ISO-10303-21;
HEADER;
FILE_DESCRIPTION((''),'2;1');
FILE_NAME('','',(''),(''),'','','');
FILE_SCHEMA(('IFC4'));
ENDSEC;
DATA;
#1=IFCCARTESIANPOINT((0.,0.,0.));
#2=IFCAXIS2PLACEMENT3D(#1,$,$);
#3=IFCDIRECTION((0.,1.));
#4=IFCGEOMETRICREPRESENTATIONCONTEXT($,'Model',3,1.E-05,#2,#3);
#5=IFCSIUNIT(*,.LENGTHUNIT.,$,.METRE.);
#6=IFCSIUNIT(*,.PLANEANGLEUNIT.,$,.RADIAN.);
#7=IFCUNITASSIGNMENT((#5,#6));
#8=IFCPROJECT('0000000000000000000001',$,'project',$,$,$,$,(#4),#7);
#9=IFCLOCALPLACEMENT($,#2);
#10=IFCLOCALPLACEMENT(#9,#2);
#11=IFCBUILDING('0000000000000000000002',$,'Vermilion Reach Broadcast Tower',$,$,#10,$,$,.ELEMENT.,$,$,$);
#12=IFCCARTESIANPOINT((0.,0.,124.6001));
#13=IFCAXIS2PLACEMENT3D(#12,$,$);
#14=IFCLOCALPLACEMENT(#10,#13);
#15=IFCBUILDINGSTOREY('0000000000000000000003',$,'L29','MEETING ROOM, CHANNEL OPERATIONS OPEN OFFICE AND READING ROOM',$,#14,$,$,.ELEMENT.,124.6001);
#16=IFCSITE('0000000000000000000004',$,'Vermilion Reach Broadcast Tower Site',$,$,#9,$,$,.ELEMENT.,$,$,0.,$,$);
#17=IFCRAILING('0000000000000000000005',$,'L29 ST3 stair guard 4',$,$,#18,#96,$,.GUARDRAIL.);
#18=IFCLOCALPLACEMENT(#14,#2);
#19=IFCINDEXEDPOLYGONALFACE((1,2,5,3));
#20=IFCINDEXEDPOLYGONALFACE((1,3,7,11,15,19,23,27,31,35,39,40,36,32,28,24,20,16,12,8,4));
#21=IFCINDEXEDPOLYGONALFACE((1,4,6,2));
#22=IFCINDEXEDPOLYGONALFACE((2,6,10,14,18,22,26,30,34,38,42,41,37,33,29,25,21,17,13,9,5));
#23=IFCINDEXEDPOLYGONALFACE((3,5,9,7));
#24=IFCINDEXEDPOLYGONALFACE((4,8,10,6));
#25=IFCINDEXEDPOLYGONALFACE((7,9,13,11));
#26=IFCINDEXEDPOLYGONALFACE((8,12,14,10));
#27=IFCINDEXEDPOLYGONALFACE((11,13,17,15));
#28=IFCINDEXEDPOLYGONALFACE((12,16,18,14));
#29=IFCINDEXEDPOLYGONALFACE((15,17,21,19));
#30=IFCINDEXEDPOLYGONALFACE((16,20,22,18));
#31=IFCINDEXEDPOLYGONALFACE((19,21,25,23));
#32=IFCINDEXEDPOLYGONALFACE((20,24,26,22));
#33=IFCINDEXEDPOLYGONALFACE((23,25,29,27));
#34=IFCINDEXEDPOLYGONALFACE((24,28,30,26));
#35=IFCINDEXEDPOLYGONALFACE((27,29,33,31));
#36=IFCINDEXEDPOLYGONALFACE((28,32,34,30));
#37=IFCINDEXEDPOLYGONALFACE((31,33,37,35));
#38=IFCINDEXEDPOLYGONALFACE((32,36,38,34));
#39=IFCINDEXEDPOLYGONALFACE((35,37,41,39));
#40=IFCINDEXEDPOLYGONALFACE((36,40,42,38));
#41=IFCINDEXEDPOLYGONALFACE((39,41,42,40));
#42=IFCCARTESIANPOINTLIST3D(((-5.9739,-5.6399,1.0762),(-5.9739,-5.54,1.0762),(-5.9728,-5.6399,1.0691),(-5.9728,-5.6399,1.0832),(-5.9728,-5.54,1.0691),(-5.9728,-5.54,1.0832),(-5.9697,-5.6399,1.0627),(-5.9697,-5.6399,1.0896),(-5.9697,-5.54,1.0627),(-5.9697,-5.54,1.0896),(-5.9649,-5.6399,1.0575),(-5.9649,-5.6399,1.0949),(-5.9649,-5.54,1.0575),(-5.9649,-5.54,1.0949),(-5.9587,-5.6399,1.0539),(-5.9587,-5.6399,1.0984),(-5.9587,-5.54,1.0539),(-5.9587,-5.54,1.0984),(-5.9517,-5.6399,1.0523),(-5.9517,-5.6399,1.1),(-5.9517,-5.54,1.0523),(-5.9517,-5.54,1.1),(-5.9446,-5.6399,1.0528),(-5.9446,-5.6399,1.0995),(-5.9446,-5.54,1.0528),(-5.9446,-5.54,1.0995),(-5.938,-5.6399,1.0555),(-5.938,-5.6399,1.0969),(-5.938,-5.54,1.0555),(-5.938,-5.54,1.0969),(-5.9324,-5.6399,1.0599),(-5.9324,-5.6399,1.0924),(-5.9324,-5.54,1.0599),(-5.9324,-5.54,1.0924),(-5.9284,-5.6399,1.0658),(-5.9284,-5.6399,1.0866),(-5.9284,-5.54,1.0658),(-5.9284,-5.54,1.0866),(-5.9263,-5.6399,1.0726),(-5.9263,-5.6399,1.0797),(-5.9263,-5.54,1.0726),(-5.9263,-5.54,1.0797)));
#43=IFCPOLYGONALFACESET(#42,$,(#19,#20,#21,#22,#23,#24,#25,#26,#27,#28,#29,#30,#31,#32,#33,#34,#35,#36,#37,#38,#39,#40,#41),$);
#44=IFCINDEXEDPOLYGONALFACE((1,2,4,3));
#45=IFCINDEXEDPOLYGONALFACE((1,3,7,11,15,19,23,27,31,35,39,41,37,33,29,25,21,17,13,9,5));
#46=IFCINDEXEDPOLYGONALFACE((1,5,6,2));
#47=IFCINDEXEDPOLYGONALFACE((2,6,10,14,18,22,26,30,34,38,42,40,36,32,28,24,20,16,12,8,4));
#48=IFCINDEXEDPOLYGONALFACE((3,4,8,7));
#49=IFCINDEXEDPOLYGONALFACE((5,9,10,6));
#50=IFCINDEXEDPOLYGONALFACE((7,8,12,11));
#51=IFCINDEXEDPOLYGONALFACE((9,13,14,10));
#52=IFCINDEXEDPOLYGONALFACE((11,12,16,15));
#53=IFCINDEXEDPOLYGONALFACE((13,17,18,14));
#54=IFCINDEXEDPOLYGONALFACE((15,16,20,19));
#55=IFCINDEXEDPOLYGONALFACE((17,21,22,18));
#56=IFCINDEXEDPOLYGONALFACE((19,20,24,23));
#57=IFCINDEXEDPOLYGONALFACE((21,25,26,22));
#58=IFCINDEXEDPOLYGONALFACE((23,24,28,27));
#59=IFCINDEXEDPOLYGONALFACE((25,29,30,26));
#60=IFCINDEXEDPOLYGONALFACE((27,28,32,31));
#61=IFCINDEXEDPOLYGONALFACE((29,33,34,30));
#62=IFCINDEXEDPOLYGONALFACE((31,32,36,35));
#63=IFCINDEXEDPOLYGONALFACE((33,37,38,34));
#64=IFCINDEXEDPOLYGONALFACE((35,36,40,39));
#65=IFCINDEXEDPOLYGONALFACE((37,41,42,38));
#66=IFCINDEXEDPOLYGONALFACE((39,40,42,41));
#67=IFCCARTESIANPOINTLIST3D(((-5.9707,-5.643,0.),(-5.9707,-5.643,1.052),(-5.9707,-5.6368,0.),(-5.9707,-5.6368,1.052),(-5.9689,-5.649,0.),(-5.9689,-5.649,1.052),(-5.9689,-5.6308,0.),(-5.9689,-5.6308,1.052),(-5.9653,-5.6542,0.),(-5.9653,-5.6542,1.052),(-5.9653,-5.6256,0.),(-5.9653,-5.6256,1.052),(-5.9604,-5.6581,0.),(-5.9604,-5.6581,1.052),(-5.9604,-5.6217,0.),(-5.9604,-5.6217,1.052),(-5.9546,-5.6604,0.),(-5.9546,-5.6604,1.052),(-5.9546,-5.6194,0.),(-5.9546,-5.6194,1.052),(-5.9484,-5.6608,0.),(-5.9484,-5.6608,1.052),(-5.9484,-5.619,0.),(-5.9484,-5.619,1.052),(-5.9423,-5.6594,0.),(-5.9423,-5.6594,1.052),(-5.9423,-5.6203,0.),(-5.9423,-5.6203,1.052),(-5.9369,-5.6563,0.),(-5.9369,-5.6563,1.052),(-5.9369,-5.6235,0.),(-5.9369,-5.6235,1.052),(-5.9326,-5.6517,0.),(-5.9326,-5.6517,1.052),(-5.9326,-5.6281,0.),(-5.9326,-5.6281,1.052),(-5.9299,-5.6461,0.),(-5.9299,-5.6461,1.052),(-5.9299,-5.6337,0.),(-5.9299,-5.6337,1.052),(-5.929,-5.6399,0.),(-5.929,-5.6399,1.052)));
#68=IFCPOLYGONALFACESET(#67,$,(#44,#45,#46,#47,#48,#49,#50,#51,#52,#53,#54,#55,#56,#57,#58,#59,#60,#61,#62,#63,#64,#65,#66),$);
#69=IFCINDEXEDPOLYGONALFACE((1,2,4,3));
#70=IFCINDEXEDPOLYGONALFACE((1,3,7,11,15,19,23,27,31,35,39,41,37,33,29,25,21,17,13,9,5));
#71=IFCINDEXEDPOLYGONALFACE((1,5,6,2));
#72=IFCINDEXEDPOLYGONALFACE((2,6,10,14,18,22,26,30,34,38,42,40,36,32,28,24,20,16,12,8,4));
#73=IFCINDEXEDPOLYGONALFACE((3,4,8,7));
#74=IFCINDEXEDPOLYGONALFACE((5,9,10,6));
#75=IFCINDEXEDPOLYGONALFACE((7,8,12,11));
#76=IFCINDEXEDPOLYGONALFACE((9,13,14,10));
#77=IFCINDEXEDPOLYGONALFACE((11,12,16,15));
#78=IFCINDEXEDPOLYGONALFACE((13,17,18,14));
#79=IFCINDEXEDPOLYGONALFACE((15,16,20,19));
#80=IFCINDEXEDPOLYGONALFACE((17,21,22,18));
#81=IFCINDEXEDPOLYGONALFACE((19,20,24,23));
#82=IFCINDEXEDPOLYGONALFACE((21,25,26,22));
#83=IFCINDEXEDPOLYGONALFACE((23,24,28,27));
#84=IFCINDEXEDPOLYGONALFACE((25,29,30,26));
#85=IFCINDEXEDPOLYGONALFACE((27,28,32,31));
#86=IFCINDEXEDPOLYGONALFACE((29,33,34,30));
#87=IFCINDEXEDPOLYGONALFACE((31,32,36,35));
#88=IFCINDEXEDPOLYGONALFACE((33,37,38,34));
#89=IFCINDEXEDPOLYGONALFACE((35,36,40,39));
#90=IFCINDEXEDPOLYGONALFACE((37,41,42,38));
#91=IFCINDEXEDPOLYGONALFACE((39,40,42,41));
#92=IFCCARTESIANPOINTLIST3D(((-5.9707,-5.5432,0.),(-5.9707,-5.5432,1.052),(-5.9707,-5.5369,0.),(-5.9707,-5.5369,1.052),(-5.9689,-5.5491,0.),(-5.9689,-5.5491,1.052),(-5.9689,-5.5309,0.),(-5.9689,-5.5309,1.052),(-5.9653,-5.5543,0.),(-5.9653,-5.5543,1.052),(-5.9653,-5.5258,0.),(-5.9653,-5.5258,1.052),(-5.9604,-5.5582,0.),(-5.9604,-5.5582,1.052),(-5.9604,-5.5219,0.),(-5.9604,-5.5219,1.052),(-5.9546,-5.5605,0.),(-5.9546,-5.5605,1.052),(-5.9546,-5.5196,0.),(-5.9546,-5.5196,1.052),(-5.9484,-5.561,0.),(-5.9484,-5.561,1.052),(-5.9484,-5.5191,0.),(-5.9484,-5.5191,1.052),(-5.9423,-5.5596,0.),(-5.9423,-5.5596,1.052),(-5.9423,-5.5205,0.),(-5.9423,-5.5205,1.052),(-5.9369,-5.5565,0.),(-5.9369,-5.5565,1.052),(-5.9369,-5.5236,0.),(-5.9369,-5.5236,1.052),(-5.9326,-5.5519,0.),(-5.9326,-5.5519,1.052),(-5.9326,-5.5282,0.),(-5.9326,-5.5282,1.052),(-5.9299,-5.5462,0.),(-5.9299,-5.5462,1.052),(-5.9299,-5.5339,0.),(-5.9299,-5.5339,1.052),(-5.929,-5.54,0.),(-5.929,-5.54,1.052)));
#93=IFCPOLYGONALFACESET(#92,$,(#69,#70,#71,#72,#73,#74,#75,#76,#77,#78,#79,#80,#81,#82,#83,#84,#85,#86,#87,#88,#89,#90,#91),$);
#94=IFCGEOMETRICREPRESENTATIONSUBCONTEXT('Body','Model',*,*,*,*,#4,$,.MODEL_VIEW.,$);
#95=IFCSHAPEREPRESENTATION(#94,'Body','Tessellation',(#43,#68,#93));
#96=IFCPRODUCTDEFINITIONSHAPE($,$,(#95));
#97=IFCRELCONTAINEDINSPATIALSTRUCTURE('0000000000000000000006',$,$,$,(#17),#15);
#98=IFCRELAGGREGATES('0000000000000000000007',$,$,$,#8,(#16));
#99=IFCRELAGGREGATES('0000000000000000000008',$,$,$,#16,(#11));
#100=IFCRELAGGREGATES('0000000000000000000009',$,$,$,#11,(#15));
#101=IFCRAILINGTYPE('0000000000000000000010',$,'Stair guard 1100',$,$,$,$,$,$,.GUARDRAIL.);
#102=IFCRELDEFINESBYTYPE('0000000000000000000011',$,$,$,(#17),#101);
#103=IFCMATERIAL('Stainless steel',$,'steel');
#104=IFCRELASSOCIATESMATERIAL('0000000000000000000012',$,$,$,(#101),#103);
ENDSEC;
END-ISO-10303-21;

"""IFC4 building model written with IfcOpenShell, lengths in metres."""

from ifc_helpers import new_model, si_unit, direction, frame, origin, origin_2d, place, context, subcontext, project, spatial, circle, extrude, material, type_object, element, save


model = new_model("IFC4")

# Units and contexts
model_context = context("Model", 3, precision=1e-05, world=origin(), true_north=direction((0.0, 1.0)))
body_context = subcontext(model_context, "Body", "Model", "MODEL_VIEW")
ifc_project = project(units=[si_unit("LENGTHUNIT", "METRE"), si_unit("PLANEANGLEUNIT", "RADIAN")], contexts=[model_context])

# Site, building, storey
site_placement = place(None, origin())
site = spatial("IfcSite", under=ifc_project, at=site_placement, Name="Vermilion Reach Broadcast Tower Site", CompositionType="ELEMENT", RefElevation=0.0)
building_placement = place(site_placement, origin())
building = spatial("IfcBuilding", under=site, at=building_placement, Name="Vermilion Reach Broadcast Tower", CompositionType="ELEMENT")
storey_placement = place(building_placement, frame((0.0, 0.0, 124.6001)))
storey = spatial("IfcBuildingStorey", under=building, at=storey_placement, Name="L29", Description="MEETING ROOM, CHANNEL OPERATIONS OPEN OFFICE AND READING ROOM", CompositionType="ELEMENT", Elevation=124.6001)

# Railing
ifc_material_1 = material(Name="Stainless steel", Category="steel")
railing_type_1 = type_object("IfcRailingType", Name="Stair guard 1100", PredefinedType="GUARDRAIL", material=ifc_material_1)
railing_1_placement = place(storey_placement, frame((-5.95, -5.6399, 0.0)))
element("IfcRailing", 1, at=railing_1_placement, inside=storey, type_object=railing_type_1, Name="L29 ST3 stair guard 4", PredefinedType="GUARDRAIL", context=body_context, shape_type="SweptSolid", body=[
    extrude(circle(Radius=0.0239, at=origin_2d()), frame((0.0, 0.0, 1.0762), z_axis=(0.0, 1.0, 0.0), x_axis=(-1.0, 0.0, 0.0)), (0.0, 0.0, 1.0), 0.0999),
    extrude(circle(Radius=0.021, at=origin_2d()), origin(), (0.0, 0.0, 1.0), 1.052),
    extrude(circle(Radius=0.021, at=origin_2d()), frame((0.0, 0.0999, 0.0)), (0.0, 0.0, 1.0), 1.052),
])

save(model, "model.ifc")
